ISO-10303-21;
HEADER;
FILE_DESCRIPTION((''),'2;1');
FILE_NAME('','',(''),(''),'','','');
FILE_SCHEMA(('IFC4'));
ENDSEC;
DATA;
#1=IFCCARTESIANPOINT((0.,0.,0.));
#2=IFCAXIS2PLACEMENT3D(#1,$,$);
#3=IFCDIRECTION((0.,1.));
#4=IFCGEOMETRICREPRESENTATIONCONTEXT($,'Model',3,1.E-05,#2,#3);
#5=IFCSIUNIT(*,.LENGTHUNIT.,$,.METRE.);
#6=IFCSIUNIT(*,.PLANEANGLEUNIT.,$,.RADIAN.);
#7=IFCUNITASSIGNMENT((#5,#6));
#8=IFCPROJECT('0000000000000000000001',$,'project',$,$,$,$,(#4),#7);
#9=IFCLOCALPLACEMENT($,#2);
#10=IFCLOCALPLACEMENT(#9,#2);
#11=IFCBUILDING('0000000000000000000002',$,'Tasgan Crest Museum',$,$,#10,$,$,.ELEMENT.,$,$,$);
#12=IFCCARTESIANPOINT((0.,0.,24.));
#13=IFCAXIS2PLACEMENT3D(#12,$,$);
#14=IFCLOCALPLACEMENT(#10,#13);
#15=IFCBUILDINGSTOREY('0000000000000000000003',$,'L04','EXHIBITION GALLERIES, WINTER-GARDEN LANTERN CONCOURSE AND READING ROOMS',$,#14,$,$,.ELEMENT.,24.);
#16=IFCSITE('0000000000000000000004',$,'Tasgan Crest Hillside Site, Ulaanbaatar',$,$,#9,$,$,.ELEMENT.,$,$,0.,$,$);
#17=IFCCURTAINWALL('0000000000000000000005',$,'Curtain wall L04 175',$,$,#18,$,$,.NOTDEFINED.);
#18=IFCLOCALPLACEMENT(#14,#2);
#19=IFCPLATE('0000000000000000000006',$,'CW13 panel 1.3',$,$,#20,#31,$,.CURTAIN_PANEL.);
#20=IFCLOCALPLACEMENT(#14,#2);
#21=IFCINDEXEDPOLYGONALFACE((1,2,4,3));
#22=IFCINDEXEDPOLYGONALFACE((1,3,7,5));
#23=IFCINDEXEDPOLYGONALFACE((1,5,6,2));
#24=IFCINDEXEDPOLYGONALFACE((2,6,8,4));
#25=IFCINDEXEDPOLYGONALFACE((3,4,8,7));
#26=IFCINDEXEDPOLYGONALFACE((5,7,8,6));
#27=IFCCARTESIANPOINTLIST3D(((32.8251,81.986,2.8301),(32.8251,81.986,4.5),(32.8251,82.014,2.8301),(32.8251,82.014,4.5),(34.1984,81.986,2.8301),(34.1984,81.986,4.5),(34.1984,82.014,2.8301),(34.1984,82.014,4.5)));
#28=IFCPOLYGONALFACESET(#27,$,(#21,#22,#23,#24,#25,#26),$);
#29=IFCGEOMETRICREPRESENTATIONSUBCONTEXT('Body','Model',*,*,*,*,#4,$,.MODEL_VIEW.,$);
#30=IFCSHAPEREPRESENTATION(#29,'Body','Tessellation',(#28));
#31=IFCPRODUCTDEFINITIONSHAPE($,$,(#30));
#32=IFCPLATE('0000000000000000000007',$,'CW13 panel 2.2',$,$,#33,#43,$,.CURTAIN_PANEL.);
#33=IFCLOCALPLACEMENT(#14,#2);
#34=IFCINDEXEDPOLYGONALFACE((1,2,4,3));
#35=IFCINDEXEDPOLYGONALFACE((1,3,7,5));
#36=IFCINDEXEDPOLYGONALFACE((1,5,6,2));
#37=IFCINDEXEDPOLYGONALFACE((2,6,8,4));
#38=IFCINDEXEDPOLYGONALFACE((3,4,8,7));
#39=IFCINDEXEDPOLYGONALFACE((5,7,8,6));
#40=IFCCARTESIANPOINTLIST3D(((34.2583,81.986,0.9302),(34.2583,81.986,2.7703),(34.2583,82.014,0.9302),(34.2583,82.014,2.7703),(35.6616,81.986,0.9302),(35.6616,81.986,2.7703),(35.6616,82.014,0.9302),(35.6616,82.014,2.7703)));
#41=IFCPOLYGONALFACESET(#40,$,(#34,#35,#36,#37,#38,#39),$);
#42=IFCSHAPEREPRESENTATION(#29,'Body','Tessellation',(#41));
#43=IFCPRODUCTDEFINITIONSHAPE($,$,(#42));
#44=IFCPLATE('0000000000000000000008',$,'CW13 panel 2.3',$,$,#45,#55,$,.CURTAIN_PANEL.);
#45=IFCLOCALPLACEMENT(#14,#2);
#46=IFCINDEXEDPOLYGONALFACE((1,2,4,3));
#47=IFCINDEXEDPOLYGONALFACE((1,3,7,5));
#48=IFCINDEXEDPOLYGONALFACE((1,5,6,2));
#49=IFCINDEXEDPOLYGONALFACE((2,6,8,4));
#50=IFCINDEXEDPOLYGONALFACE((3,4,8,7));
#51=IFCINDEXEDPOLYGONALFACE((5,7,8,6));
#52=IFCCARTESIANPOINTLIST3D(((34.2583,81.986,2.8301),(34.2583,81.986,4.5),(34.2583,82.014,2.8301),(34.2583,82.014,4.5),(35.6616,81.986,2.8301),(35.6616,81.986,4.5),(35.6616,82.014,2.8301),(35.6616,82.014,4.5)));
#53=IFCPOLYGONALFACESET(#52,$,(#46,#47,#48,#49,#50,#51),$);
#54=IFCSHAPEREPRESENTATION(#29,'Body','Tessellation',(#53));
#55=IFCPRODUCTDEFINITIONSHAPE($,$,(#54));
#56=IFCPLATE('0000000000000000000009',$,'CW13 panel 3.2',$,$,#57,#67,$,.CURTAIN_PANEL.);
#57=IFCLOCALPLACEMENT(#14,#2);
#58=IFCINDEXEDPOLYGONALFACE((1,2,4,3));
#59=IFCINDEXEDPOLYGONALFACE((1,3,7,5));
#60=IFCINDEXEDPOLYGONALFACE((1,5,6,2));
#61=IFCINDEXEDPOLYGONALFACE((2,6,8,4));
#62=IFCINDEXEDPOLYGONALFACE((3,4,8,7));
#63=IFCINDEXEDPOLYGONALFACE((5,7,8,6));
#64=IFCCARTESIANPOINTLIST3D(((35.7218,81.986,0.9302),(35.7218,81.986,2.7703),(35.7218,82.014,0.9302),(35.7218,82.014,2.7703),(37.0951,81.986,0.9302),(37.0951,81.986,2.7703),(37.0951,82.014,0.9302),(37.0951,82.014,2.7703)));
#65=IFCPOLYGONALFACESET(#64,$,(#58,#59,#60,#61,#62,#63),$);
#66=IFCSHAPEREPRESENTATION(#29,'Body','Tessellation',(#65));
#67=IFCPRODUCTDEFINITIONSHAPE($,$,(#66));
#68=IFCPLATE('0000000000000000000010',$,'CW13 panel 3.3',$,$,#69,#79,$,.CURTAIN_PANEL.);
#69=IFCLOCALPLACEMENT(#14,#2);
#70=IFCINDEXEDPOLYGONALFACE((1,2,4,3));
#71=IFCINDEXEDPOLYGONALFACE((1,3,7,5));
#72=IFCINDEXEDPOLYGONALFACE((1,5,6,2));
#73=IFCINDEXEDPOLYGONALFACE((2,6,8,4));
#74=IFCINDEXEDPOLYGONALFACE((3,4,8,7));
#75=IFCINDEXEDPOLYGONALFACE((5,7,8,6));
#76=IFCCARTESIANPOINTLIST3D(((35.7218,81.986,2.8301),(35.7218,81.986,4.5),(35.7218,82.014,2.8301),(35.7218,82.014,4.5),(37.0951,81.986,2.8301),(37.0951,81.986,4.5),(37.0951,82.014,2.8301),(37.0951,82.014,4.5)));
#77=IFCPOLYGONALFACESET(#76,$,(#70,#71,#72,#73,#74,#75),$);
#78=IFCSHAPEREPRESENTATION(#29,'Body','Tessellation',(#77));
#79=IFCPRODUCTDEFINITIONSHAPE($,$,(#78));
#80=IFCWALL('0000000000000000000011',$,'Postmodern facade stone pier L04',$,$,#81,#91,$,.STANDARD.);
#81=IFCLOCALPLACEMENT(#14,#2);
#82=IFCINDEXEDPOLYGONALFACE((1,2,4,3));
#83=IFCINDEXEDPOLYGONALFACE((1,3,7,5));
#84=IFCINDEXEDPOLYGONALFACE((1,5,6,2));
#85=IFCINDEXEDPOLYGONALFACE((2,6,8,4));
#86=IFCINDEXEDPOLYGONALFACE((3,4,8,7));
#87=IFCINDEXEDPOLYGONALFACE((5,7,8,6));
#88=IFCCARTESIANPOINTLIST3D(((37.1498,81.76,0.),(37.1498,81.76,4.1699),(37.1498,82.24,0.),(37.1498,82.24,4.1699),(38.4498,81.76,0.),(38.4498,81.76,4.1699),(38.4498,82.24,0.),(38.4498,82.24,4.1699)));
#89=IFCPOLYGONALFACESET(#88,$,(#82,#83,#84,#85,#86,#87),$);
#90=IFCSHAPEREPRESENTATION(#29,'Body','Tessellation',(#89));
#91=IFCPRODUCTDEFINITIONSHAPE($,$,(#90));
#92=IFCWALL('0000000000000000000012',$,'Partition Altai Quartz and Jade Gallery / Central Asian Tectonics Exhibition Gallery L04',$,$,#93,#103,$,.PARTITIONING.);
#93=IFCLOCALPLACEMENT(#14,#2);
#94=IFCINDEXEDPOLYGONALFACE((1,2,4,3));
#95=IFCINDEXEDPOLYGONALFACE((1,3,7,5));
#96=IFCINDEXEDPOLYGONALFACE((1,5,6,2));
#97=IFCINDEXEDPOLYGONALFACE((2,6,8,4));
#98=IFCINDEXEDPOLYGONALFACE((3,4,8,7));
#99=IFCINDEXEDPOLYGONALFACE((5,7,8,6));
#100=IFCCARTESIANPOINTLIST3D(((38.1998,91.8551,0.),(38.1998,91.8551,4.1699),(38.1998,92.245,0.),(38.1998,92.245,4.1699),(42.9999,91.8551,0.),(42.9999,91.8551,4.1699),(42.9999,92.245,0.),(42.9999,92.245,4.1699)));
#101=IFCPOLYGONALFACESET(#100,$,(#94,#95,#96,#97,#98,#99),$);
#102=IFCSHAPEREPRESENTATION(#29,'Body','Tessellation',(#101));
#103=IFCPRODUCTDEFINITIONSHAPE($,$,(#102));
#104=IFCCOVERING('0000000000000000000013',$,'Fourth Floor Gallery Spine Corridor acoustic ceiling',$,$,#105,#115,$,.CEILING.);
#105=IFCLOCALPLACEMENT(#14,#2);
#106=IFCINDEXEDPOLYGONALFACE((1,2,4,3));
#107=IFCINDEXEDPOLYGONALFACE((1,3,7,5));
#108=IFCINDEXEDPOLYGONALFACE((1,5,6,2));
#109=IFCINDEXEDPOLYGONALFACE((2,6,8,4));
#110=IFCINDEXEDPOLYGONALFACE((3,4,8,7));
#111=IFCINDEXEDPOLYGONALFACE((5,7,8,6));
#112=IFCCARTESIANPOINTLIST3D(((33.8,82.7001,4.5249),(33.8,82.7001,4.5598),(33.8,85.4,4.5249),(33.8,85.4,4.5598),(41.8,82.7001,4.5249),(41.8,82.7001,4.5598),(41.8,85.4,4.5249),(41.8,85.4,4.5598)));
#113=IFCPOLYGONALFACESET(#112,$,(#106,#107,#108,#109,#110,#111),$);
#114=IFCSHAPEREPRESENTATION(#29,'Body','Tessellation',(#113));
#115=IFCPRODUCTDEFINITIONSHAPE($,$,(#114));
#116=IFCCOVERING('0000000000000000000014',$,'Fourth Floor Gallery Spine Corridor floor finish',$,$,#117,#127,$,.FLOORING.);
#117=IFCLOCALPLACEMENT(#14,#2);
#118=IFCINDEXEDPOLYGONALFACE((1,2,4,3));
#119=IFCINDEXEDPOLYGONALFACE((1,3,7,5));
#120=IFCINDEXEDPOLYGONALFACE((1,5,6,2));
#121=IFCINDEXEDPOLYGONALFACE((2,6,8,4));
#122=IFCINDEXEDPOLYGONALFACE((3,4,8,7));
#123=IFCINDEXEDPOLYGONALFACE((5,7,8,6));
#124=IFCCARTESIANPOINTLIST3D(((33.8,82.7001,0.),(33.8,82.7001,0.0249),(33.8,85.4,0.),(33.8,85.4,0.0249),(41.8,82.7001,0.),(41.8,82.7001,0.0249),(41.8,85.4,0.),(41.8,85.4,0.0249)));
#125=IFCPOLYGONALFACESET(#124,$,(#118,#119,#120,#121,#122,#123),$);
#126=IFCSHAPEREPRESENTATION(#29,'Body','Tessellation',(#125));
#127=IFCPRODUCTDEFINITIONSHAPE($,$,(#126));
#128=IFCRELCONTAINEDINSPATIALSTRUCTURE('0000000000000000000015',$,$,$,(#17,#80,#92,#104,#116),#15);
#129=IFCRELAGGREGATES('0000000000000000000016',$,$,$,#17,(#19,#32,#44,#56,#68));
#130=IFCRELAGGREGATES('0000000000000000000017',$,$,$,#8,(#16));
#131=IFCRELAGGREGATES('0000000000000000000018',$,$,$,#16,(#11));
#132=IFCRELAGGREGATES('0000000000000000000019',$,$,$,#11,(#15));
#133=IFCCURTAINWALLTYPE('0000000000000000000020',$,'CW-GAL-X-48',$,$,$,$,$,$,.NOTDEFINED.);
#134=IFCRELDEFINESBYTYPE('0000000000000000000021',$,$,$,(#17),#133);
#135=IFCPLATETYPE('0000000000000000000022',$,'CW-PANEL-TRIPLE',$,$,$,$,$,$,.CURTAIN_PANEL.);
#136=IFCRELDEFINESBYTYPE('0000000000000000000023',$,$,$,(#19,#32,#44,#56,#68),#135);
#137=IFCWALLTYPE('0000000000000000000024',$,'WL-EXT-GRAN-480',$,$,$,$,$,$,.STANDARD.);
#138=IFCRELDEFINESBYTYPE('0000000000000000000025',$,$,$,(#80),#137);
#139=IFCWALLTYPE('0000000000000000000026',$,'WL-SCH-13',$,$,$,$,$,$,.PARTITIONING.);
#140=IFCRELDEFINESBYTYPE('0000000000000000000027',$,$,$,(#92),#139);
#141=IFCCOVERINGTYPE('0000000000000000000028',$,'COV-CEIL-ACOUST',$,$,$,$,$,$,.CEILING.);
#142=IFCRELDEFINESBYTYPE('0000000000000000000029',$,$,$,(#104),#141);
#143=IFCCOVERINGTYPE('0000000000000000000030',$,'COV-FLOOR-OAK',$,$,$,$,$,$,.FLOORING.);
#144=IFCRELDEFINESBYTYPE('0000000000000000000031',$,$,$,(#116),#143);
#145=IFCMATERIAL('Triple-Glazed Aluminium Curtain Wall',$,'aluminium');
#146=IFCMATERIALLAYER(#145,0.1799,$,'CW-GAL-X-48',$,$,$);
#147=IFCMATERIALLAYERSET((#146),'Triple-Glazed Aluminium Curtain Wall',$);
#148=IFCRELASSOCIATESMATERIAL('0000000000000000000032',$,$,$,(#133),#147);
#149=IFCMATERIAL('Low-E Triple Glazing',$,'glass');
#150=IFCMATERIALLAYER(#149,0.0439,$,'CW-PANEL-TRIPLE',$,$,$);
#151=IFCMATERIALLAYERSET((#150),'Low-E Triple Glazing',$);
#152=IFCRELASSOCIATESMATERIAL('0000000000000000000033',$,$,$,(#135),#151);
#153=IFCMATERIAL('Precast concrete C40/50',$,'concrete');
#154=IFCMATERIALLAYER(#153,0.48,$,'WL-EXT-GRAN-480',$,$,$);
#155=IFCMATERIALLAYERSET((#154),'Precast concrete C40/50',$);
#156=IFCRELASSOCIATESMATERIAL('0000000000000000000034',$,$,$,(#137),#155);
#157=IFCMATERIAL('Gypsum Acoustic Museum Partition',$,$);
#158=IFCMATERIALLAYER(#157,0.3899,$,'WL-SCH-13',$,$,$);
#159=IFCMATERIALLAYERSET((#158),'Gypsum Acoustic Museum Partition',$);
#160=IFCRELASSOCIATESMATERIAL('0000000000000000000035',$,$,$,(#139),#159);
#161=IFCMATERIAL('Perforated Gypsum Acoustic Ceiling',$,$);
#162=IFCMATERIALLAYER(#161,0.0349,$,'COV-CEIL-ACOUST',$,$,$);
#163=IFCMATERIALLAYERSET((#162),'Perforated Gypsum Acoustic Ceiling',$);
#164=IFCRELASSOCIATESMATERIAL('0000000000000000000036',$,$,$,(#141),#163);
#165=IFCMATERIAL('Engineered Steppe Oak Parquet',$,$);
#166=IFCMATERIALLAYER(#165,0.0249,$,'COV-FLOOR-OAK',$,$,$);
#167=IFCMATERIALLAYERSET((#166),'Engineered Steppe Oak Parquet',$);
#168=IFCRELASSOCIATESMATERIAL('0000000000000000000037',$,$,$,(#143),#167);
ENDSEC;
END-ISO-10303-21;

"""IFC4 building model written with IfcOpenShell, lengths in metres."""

from ifc_helpers import new_model, si_unit, direction, frame, frame_2d, origin, origin_2d, place, context, subcontext, project, spatial, rectangle, extrude, material, layer, layer_set, type_object, element, aggregate, save


model = new_model("IFC4")

# Units and contexts
model_context = context("Model", 3, precision=1e-05, world=origin(), true_north=direction((0.0, 1.0)))
body_context = subcontext(model_context, "Body", "Model", "MODEL_VIEW")
ifc_project = project(units=[si_unit("LENGTHUNIT", "METRE"), si_unit("PLANEANGLEUNIT", "RADIAN")], contexts=[model_context])

# Site, building, storey
site_placement = place(None, origin())
site = spatial("IfcSite", under=ifc_project, at=site_placement, Name="Tasgan Crest Hillside Site, Ulaanbaatar", CompositionType="ELEMENT", RefElevation=0.0)
building_placement = place(site_placement, origin())
building = spatial("IfcBuilding", under=site, at=building_placement, Name="Tasgan Crest Museum", CompositionType="ELEMENT")
storey_placement = place(building_placement, frame((0.0, 0.0, 24.0)))
storey = spatial("IfcBuildingStorey", under=building, at=storey_placement, Name="L04", Description="EXHIBITION GALLERIES, WINTER-GARDEN LANTERN CONCOURSE AND READING ROOMS", CompositionType="ELEMENT", Elevation=24.0)

# Curtain wall
ifc_material_1 = material(Name="Triple-Glazed Aluminium Curtain Wall", Category="aluminium")
ifc_layer_1 = layer(ifc_material_1, 0.1799, Name="CW-GAL-X-48")
ifc_layer_set_1 = layer_set([ifc_layer_1], Name="Triple-Glazed Aluminium Curtain Wall")
curtain_wall_type = type_object("IfcCurtainWallType", Name="CW-GAL-X-48", PredefinedType="NOTDEFINED", material=ifc_layer_set_1)
curtain_wall_1_placement = place(storey_placement, origin())
curtain_wall_1 = element("IfcCurtainWall", 1, at=curtain_wall_1_placement, inside=storey, type_object=curtain_wall_type, Name="Curtain wall L04 175", PredefinedType="NOTDEFINED")

# Plates
ifc_material_2 = material(Name="Low-E Triple Glazing", Category="glass")
ifc_layer_2 = layer(ifc_material_2, 0.0439, Name="CW-PANEL-TRIPLE")
ifc_layer_set_2 = layer_set([ifc_layer_2], Name="Low-E Triple Glazing")
plate_type_1 = type_object("IfcPlateType", Name="CW-PANEL-TRIPLE", PredefinedType="CURTAIN_PANEL", material=ifc_layer_set_2)
plate_1_placement = place(storey_placement, frame((33.5117, 82.0, 2.8301), z_axis=(0.0, 0.0, 1.0), x_axis=(1.0, 0.0, 0.0)))
plate_1 = element("IfcPlate", 2, at=plate_1_placement, type_object=plate_type_1, Name="CW13 panel 1.3", PredefinedType="CURTAIN_PANEL", context=body_context, shape_type="SweptSolid", body=[
    extrude(rectangle(XDim=1.3733, YDim=0.0281, at=origin_2d()), origin(), (0.0, 0.0, 1.0), 1.6699),
])
plate_2_placement = place(storey_placement, frame((34.96, 82.0, 0.9302), z_axis=(0.0, 0.0, 1.0), x_axis=(1.0, 0.0, 0.0)))
plate_2 = element("IfcPlate", 3, at=plate_2_placement, type_object=plate_type_1, Name="CW13 panel 2.2", PredefinedType="CURTAIN_PANEL", context=body_context, shape_type="SweptSolid", body=[
    extrude(rectangle(XDim=1.4033, YDim=0.0281, at=origin_2d()), origin(), (0.0, 0.0, 1.0), 1.8401),
])
plate_3_placement = place(storey_placement, frame((34.96, 82.0, 2.8301), z_axis=(0.0, 0.0, 1.0), x_axis=(1.0, 0.0, 0.0)))
plate_3 = element("IfcPlate", 4, at=plate_3_placement, type_object=plate_type_1, Name="CW13 panel 2.3", PredefinedType="CURTAIN_PANEL", context=body_context, shape_type="SweptSolid", body=[
    extrude(rectangle(XDim=1.4033, YDim=0.0281, at=origin_2d()), origin(), (0.0, 0.0, 1.0), 1.6699),
])
plate_4_placement = place(storey_placement, frame((36.4084, 82.0, 0.9302), z_axis=(0.0, 0.0, 1.0), x_axis=(1.0, 0.0, 0.0)))
plate_4 = element("IfcPlate", 5, at=plate_4_placement, type_object=plate_type_1, Name="CW13 panel 3.2", PredefinedType="CURTAIN_PANEL", context=body_context, shape_type="SweptSolid", body=[
    extrude(rectangle(XDim=1.3733, YDim=0.0281, at=origin_2d()), origin(), (0.0, 0.0, 1.0), 1.8401),
])
plate_5_placement = place(storey_placement, frame((36.4084, 82.0, 2.8301), z_axis=(0.0, 0.0, 1.0), x_axis=(1.0, 0.0, 0.0)))
plate_5 = element("IfcPlate", 6, at=plate_5_placement, type_object=plate_type_1, Name="CW13 panel 3.3", PredefinedType="CURTAIN_PANEL", context=body_context, shape_type="SweptSolid", body=[
    extrude(rectangle(XDim=1.3733, YDim=0.0281, at=origin_2d()), origin(), (0.0, 0.0, 1.0), 1.6699),
])
aggregate(curtain_wall_1, [plate_1, plate_2, plate_3, plate_4, plate_5])

# Walls
ifc_material_3 = material(Name="Precast concrete C40/50", Category="concrete")
ifc_layer_3 = layer(ifc_material_3, 0.48, Name="WL-EXT-GRAN-480")
ifc_layer_set_3 = layer_set([ifc_layer_3], Name="Precast concrete C40/50")
wall_type_1 = type_object("IfcWallType", Name="WL-EXT-GRAN-480", PredefinedType="STANDARD", material=ifc_layer_set_3)
wall_1_placement = place(storey_placement, frame((37.1499, 82.0, 0.0), z_axis=(0.0, 0.0, 1.0), x_axis=(1.0, 0.0, 0.0)))
element("IfcWall", 7, at=wall_1_placement, inside=storey, type_object=wall_type_1, Name="Postmodern facade stone pier L04", PredefinedType="STANDARD", context=body_context, shape_type="SweptSolid", body=[
    extrude(rectangle(XDim=1.3, YDim=0.48, at=frame_2d((0.6499, 0.0))), origin(), (0.0, 0.0, 1.0), 4.1699),
])
ifc_material_4 = material(Name="Gypsum Acoustic Museum Partition")
ifc_layer_4 = layer(ifc_material_4, 0.3899, Name="WL-SCH-13")
ifc_layer_set_4 = layer_set([ifc_layer_4], Name="Gypsum Acoustic Museum Partition")
wall_type_2 = type_object("IfcWallType", Name="WL-SCH-13", PredefinedType="PARTITIONING", material=ifc_layer_set_4)
wall_2_placement = place(storey_placement, frame((38.2, 92.05, 0.0), z_axis=(0.0, 0.0, 1.0), x_axis=(1.0, 0.0, 0.0)))
element("IfcWall", 8, at=wall_2_placement, inside=storey, type_object=wall_type_2, Name="Partition Altai Quartz and Jade Gallery / Central Asian Tectonics Exhibition Gallery L04", PredefinedType="PARTITIONING", context=body_context, shape_type="SweptSolid", body=[
    extrude(rectangle(XDim=4.8, YDim=0.3899, at=frame_2d((2.3999, 0.0))), origin(), (0.0, 0.0, 1.0), 4.1699),
])

# Coverings
ifc_material_5 = material(Name="Perforated Gypsum Acoustic Ceiling")
ifc_layer_5 = layer(ifc_material_5, 0.0349, Name="COV-CEIL-ACOUST")
ifc_layer_set_5 = layer_set([ifc_layer_5], Name="Perforated Gypsum Acoustic Ceiling")
covering_type_1 = type_object("IfcCoveringType", Name="COV-CEIL-ACOUST", PredefinedType="CEILING", material=ifc_layer_set_5)
covering_1_placement = place(storey_placement, frame((37.8, 84.05, 4.5249), z_axis=(0.0, 0.0, 1.0), x_axis=(1.0, 0.0, 0.0)))
element("IfcCovering", 9, at=covering_1_placement, inside=storey, type_object=covering_type_1, Name="Fourth Floor Gallery Spine Corridor acoustic ceiling", PredefinedType="CEILING", context=body_context, shape_type="SweptSolid", body=[
    extrude(rectangle(XDim=8.0, YDim=2.7, at=origin_2d()), origin(), (0.0, 0.0, 1.0), 0.0349),
])
ifc_material_6 = material(Name="Engineered Steppe Oak Parquet")
ifc_layer_6 = layer(ifc_material_6, 0.0249, Name="COV-FLOOR-OAK")
ifc_layer_set_6 = layer_set([ifc_layer_6], Name="Engineered Steppe Oak Parquet")
covering_type_2 = type_object("IfcCoveringType", Name="COV-FLOOR-OAK", PredefinedType="FLOORING", material=ifc_layer_set_6)
covering_2_placement = place(storey_placement, frame((37.8, 84.05, 0.0), z_axis=(0.0, 0.0, 1.0), x_axis=(1.0, 0.0, 0.0)))
element("IfcCovering", 10, at=covering_2_placement, inside=storey, type_object=covering_type_2, Name="Fourth Floor Gallery Spine Corridor floor finish", PredefinedType="FLOORING", context=body_context, shape_type="SweptSolid", body=[
    extrude(rectangle(XDim=8.0, YDim=2.7, at=origin_2d()), origin(), (0.0, 0.0, 1.0), 0.0249),
])

save(model, "model.ifc")
